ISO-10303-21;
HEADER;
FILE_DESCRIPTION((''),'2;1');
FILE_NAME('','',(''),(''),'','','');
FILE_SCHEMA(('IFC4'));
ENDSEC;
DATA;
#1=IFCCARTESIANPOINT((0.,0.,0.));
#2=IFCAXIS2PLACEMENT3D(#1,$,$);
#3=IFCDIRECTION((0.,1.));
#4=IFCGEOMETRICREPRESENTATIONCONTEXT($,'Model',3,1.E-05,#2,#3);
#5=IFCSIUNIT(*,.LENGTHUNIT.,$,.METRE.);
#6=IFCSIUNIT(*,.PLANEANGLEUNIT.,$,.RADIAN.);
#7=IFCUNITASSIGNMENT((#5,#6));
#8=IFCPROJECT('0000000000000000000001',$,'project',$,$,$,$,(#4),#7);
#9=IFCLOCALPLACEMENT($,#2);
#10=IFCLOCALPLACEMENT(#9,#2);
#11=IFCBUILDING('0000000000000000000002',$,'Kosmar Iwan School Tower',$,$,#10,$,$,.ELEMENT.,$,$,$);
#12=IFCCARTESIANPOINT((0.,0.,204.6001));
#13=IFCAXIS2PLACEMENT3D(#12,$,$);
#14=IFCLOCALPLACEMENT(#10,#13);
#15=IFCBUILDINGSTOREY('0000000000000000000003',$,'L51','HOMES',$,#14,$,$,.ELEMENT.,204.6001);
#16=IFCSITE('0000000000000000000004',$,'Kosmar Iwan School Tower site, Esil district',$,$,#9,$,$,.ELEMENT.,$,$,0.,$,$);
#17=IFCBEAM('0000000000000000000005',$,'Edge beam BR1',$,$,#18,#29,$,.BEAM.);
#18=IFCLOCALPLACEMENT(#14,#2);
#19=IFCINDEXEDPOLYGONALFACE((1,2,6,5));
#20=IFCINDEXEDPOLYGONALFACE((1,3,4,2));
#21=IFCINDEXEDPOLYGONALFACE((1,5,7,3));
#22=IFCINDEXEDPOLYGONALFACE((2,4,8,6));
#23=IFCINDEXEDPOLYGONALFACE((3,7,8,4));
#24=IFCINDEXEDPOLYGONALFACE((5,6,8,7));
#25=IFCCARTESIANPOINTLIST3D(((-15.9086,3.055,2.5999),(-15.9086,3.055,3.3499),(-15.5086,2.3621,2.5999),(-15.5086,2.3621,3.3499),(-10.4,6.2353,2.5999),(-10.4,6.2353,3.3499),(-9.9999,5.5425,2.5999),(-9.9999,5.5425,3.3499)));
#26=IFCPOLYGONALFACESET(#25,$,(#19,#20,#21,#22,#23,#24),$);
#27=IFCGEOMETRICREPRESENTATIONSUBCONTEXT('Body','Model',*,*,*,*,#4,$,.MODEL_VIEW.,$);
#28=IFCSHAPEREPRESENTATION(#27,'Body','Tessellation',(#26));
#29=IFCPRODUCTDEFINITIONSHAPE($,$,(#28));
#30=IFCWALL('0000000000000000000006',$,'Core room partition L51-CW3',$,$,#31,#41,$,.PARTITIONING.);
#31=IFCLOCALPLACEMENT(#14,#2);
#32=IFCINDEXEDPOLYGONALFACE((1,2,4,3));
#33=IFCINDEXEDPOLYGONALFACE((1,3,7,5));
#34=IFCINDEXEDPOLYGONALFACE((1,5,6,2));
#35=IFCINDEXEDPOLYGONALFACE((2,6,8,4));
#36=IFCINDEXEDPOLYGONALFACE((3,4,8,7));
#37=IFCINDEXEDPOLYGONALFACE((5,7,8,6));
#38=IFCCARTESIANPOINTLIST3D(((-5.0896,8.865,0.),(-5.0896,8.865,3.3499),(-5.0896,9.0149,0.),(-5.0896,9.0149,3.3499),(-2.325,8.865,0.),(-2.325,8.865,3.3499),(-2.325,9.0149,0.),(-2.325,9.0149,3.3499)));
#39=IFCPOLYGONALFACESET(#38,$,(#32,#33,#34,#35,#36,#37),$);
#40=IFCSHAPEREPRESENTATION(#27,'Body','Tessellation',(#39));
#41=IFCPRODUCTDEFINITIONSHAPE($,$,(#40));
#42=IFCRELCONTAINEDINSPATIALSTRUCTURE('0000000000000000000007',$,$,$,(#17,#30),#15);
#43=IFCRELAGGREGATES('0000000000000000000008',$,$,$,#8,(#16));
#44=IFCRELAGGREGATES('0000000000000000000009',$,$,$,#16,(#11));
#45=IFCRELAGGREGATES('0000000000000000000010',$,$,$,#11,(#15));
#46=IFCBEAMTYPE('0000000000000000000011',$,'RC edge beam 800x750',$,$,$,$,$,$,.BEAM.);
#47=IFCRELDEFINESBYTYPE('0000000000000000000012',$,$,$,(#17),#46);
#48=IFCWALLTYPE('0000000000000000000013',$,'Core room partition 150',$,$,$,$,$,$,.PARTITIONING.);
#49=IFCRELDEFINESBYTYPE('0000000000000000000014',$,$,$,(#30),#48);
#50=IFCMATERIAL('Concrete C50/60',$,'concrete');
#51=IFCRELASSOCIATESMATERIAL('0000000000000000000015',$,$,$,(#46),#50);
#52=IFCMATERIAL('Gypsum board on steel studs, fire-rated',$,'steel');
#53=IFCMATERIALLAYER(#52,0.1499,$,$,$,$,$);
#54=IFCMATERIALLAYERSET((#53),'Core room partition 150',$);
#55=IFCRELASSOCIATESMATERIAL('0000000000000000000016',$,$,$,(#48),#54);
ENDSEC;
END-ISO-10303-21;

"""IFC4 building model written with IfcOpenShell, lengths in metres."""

from ifc_helpers import new_model, si_unit, direction, frame, frame_2d, origin, origin_2d, place, context, subcontext, project, spatial, rectangle, extrude, material, layer, layer_set, material_profile, profile_set, type_object, element, save


model = new_model("IFC4")

# Units and contexts
model_context = context("Model", 3, precision=1e-05, world=origin(), true_north=direction((0.0, 1.0)))
body_context = subcontext(model_context, "Body", "Model", "MODEL_VIEW")
ifc_project = project(units=[si_unit("LENGTHUNIT", "METRE"), si_unit("PLANEANGLEUNIT", "RADIAN")], contexts=[model_context])

# Site, building, storey
site_placement = place(None, origin())
site = spatial("IfcSite", under=ifc_project, at=site_placement, Name="Kosmar Iwan School Tower site, Esil district", CompositionType="ELEMENT", RefElevation=0.0)
building_placement = place(site_placement, origin())
building = spatial("IfcBuilding", under=site, at=building_placement, Name="Kosmar Iwan School Tower", CompositionType="ELEMENT")
storey_placement = place(building_placement, frame((0.0, 0.0, 204.6001)))
storey = spatial("IfcBuildingStorey", under=building, at=storey_placement, Name="L51", Description="HOMES", CompositionType="ELEMENT", Elevation=204.6001)

# Beam
ifc_material_1 = material(Name="Concrete C50/60", Category="concrete")
ifc_material_profile = material_profile(ifc_material_1, rectangle(XDim=0.8, YDim=0.75, at=origin_2d()), Name="RC 800x750")
ifc_profile_set = profile_set([ifc_material_profile], Name="Concrete C50/60")
beam_type = type_object("IfcBeamType", Name="RC edge beam 800x750", PredefinedType="BEAM", material=ifc_profile_set)
beam_placement = place(storey_placement, frame((-10.2, 5.8889, 2.9749), z_axis=(-0.866031, -0.49999, 0.0), x_axis=(0.49999, -0.866031, 0.0)))
element("IfcBeam", 1, at=beam_placement, inside=storey, type_object=beam_type, Name="Edge beam BR1", PredefinedType="BEAM", context=body_context, shape_type="SweptSolid", body=[
    extrude(rectangle(XDim=0.8, YDim=0.75, at=origin_2d()), origin(), (0.0, 0.0, 1.0), 6.3608),
])

# Wall
ifc_material_2 = material(Name="Gypsum board on steel studs, fire-rated", Category="steel")
ifc_layer_1 = layer(ifc_material_2, 0.1499)
ifc_layer_set_1 = layer_set([ifc_layer_1], Name="Core room partition 150")
wall_type_1 = type_object("IfcWallType", Name="Core room partition 150", PredefinedType="PARTITIONING", material=ifc_layer_set_1)
wall_1_placement = place(storey_placement, frame((-5.0896, 8.9399, 0.0), z_axis=(0.0, 0.0, 1.0), x_axis=(1.0, 0.0, 0.0)))
element("IfcWall", 2, at=wall_1_placement, inside=storey, type_object=wall_type_1, Name="Core room partition L51-CW3", PredefinedType="PARTITIONING", context=body_context, shape_type="SweptSolid", body=[
    extrude(rectangle(XDim=2.7646, YDim=0.1499, at=frame_2d((1.3823, 0.0))), origin(), (0.0, 0.0, 1.0), 3.3499),
])

save(model, "model.ifc")
